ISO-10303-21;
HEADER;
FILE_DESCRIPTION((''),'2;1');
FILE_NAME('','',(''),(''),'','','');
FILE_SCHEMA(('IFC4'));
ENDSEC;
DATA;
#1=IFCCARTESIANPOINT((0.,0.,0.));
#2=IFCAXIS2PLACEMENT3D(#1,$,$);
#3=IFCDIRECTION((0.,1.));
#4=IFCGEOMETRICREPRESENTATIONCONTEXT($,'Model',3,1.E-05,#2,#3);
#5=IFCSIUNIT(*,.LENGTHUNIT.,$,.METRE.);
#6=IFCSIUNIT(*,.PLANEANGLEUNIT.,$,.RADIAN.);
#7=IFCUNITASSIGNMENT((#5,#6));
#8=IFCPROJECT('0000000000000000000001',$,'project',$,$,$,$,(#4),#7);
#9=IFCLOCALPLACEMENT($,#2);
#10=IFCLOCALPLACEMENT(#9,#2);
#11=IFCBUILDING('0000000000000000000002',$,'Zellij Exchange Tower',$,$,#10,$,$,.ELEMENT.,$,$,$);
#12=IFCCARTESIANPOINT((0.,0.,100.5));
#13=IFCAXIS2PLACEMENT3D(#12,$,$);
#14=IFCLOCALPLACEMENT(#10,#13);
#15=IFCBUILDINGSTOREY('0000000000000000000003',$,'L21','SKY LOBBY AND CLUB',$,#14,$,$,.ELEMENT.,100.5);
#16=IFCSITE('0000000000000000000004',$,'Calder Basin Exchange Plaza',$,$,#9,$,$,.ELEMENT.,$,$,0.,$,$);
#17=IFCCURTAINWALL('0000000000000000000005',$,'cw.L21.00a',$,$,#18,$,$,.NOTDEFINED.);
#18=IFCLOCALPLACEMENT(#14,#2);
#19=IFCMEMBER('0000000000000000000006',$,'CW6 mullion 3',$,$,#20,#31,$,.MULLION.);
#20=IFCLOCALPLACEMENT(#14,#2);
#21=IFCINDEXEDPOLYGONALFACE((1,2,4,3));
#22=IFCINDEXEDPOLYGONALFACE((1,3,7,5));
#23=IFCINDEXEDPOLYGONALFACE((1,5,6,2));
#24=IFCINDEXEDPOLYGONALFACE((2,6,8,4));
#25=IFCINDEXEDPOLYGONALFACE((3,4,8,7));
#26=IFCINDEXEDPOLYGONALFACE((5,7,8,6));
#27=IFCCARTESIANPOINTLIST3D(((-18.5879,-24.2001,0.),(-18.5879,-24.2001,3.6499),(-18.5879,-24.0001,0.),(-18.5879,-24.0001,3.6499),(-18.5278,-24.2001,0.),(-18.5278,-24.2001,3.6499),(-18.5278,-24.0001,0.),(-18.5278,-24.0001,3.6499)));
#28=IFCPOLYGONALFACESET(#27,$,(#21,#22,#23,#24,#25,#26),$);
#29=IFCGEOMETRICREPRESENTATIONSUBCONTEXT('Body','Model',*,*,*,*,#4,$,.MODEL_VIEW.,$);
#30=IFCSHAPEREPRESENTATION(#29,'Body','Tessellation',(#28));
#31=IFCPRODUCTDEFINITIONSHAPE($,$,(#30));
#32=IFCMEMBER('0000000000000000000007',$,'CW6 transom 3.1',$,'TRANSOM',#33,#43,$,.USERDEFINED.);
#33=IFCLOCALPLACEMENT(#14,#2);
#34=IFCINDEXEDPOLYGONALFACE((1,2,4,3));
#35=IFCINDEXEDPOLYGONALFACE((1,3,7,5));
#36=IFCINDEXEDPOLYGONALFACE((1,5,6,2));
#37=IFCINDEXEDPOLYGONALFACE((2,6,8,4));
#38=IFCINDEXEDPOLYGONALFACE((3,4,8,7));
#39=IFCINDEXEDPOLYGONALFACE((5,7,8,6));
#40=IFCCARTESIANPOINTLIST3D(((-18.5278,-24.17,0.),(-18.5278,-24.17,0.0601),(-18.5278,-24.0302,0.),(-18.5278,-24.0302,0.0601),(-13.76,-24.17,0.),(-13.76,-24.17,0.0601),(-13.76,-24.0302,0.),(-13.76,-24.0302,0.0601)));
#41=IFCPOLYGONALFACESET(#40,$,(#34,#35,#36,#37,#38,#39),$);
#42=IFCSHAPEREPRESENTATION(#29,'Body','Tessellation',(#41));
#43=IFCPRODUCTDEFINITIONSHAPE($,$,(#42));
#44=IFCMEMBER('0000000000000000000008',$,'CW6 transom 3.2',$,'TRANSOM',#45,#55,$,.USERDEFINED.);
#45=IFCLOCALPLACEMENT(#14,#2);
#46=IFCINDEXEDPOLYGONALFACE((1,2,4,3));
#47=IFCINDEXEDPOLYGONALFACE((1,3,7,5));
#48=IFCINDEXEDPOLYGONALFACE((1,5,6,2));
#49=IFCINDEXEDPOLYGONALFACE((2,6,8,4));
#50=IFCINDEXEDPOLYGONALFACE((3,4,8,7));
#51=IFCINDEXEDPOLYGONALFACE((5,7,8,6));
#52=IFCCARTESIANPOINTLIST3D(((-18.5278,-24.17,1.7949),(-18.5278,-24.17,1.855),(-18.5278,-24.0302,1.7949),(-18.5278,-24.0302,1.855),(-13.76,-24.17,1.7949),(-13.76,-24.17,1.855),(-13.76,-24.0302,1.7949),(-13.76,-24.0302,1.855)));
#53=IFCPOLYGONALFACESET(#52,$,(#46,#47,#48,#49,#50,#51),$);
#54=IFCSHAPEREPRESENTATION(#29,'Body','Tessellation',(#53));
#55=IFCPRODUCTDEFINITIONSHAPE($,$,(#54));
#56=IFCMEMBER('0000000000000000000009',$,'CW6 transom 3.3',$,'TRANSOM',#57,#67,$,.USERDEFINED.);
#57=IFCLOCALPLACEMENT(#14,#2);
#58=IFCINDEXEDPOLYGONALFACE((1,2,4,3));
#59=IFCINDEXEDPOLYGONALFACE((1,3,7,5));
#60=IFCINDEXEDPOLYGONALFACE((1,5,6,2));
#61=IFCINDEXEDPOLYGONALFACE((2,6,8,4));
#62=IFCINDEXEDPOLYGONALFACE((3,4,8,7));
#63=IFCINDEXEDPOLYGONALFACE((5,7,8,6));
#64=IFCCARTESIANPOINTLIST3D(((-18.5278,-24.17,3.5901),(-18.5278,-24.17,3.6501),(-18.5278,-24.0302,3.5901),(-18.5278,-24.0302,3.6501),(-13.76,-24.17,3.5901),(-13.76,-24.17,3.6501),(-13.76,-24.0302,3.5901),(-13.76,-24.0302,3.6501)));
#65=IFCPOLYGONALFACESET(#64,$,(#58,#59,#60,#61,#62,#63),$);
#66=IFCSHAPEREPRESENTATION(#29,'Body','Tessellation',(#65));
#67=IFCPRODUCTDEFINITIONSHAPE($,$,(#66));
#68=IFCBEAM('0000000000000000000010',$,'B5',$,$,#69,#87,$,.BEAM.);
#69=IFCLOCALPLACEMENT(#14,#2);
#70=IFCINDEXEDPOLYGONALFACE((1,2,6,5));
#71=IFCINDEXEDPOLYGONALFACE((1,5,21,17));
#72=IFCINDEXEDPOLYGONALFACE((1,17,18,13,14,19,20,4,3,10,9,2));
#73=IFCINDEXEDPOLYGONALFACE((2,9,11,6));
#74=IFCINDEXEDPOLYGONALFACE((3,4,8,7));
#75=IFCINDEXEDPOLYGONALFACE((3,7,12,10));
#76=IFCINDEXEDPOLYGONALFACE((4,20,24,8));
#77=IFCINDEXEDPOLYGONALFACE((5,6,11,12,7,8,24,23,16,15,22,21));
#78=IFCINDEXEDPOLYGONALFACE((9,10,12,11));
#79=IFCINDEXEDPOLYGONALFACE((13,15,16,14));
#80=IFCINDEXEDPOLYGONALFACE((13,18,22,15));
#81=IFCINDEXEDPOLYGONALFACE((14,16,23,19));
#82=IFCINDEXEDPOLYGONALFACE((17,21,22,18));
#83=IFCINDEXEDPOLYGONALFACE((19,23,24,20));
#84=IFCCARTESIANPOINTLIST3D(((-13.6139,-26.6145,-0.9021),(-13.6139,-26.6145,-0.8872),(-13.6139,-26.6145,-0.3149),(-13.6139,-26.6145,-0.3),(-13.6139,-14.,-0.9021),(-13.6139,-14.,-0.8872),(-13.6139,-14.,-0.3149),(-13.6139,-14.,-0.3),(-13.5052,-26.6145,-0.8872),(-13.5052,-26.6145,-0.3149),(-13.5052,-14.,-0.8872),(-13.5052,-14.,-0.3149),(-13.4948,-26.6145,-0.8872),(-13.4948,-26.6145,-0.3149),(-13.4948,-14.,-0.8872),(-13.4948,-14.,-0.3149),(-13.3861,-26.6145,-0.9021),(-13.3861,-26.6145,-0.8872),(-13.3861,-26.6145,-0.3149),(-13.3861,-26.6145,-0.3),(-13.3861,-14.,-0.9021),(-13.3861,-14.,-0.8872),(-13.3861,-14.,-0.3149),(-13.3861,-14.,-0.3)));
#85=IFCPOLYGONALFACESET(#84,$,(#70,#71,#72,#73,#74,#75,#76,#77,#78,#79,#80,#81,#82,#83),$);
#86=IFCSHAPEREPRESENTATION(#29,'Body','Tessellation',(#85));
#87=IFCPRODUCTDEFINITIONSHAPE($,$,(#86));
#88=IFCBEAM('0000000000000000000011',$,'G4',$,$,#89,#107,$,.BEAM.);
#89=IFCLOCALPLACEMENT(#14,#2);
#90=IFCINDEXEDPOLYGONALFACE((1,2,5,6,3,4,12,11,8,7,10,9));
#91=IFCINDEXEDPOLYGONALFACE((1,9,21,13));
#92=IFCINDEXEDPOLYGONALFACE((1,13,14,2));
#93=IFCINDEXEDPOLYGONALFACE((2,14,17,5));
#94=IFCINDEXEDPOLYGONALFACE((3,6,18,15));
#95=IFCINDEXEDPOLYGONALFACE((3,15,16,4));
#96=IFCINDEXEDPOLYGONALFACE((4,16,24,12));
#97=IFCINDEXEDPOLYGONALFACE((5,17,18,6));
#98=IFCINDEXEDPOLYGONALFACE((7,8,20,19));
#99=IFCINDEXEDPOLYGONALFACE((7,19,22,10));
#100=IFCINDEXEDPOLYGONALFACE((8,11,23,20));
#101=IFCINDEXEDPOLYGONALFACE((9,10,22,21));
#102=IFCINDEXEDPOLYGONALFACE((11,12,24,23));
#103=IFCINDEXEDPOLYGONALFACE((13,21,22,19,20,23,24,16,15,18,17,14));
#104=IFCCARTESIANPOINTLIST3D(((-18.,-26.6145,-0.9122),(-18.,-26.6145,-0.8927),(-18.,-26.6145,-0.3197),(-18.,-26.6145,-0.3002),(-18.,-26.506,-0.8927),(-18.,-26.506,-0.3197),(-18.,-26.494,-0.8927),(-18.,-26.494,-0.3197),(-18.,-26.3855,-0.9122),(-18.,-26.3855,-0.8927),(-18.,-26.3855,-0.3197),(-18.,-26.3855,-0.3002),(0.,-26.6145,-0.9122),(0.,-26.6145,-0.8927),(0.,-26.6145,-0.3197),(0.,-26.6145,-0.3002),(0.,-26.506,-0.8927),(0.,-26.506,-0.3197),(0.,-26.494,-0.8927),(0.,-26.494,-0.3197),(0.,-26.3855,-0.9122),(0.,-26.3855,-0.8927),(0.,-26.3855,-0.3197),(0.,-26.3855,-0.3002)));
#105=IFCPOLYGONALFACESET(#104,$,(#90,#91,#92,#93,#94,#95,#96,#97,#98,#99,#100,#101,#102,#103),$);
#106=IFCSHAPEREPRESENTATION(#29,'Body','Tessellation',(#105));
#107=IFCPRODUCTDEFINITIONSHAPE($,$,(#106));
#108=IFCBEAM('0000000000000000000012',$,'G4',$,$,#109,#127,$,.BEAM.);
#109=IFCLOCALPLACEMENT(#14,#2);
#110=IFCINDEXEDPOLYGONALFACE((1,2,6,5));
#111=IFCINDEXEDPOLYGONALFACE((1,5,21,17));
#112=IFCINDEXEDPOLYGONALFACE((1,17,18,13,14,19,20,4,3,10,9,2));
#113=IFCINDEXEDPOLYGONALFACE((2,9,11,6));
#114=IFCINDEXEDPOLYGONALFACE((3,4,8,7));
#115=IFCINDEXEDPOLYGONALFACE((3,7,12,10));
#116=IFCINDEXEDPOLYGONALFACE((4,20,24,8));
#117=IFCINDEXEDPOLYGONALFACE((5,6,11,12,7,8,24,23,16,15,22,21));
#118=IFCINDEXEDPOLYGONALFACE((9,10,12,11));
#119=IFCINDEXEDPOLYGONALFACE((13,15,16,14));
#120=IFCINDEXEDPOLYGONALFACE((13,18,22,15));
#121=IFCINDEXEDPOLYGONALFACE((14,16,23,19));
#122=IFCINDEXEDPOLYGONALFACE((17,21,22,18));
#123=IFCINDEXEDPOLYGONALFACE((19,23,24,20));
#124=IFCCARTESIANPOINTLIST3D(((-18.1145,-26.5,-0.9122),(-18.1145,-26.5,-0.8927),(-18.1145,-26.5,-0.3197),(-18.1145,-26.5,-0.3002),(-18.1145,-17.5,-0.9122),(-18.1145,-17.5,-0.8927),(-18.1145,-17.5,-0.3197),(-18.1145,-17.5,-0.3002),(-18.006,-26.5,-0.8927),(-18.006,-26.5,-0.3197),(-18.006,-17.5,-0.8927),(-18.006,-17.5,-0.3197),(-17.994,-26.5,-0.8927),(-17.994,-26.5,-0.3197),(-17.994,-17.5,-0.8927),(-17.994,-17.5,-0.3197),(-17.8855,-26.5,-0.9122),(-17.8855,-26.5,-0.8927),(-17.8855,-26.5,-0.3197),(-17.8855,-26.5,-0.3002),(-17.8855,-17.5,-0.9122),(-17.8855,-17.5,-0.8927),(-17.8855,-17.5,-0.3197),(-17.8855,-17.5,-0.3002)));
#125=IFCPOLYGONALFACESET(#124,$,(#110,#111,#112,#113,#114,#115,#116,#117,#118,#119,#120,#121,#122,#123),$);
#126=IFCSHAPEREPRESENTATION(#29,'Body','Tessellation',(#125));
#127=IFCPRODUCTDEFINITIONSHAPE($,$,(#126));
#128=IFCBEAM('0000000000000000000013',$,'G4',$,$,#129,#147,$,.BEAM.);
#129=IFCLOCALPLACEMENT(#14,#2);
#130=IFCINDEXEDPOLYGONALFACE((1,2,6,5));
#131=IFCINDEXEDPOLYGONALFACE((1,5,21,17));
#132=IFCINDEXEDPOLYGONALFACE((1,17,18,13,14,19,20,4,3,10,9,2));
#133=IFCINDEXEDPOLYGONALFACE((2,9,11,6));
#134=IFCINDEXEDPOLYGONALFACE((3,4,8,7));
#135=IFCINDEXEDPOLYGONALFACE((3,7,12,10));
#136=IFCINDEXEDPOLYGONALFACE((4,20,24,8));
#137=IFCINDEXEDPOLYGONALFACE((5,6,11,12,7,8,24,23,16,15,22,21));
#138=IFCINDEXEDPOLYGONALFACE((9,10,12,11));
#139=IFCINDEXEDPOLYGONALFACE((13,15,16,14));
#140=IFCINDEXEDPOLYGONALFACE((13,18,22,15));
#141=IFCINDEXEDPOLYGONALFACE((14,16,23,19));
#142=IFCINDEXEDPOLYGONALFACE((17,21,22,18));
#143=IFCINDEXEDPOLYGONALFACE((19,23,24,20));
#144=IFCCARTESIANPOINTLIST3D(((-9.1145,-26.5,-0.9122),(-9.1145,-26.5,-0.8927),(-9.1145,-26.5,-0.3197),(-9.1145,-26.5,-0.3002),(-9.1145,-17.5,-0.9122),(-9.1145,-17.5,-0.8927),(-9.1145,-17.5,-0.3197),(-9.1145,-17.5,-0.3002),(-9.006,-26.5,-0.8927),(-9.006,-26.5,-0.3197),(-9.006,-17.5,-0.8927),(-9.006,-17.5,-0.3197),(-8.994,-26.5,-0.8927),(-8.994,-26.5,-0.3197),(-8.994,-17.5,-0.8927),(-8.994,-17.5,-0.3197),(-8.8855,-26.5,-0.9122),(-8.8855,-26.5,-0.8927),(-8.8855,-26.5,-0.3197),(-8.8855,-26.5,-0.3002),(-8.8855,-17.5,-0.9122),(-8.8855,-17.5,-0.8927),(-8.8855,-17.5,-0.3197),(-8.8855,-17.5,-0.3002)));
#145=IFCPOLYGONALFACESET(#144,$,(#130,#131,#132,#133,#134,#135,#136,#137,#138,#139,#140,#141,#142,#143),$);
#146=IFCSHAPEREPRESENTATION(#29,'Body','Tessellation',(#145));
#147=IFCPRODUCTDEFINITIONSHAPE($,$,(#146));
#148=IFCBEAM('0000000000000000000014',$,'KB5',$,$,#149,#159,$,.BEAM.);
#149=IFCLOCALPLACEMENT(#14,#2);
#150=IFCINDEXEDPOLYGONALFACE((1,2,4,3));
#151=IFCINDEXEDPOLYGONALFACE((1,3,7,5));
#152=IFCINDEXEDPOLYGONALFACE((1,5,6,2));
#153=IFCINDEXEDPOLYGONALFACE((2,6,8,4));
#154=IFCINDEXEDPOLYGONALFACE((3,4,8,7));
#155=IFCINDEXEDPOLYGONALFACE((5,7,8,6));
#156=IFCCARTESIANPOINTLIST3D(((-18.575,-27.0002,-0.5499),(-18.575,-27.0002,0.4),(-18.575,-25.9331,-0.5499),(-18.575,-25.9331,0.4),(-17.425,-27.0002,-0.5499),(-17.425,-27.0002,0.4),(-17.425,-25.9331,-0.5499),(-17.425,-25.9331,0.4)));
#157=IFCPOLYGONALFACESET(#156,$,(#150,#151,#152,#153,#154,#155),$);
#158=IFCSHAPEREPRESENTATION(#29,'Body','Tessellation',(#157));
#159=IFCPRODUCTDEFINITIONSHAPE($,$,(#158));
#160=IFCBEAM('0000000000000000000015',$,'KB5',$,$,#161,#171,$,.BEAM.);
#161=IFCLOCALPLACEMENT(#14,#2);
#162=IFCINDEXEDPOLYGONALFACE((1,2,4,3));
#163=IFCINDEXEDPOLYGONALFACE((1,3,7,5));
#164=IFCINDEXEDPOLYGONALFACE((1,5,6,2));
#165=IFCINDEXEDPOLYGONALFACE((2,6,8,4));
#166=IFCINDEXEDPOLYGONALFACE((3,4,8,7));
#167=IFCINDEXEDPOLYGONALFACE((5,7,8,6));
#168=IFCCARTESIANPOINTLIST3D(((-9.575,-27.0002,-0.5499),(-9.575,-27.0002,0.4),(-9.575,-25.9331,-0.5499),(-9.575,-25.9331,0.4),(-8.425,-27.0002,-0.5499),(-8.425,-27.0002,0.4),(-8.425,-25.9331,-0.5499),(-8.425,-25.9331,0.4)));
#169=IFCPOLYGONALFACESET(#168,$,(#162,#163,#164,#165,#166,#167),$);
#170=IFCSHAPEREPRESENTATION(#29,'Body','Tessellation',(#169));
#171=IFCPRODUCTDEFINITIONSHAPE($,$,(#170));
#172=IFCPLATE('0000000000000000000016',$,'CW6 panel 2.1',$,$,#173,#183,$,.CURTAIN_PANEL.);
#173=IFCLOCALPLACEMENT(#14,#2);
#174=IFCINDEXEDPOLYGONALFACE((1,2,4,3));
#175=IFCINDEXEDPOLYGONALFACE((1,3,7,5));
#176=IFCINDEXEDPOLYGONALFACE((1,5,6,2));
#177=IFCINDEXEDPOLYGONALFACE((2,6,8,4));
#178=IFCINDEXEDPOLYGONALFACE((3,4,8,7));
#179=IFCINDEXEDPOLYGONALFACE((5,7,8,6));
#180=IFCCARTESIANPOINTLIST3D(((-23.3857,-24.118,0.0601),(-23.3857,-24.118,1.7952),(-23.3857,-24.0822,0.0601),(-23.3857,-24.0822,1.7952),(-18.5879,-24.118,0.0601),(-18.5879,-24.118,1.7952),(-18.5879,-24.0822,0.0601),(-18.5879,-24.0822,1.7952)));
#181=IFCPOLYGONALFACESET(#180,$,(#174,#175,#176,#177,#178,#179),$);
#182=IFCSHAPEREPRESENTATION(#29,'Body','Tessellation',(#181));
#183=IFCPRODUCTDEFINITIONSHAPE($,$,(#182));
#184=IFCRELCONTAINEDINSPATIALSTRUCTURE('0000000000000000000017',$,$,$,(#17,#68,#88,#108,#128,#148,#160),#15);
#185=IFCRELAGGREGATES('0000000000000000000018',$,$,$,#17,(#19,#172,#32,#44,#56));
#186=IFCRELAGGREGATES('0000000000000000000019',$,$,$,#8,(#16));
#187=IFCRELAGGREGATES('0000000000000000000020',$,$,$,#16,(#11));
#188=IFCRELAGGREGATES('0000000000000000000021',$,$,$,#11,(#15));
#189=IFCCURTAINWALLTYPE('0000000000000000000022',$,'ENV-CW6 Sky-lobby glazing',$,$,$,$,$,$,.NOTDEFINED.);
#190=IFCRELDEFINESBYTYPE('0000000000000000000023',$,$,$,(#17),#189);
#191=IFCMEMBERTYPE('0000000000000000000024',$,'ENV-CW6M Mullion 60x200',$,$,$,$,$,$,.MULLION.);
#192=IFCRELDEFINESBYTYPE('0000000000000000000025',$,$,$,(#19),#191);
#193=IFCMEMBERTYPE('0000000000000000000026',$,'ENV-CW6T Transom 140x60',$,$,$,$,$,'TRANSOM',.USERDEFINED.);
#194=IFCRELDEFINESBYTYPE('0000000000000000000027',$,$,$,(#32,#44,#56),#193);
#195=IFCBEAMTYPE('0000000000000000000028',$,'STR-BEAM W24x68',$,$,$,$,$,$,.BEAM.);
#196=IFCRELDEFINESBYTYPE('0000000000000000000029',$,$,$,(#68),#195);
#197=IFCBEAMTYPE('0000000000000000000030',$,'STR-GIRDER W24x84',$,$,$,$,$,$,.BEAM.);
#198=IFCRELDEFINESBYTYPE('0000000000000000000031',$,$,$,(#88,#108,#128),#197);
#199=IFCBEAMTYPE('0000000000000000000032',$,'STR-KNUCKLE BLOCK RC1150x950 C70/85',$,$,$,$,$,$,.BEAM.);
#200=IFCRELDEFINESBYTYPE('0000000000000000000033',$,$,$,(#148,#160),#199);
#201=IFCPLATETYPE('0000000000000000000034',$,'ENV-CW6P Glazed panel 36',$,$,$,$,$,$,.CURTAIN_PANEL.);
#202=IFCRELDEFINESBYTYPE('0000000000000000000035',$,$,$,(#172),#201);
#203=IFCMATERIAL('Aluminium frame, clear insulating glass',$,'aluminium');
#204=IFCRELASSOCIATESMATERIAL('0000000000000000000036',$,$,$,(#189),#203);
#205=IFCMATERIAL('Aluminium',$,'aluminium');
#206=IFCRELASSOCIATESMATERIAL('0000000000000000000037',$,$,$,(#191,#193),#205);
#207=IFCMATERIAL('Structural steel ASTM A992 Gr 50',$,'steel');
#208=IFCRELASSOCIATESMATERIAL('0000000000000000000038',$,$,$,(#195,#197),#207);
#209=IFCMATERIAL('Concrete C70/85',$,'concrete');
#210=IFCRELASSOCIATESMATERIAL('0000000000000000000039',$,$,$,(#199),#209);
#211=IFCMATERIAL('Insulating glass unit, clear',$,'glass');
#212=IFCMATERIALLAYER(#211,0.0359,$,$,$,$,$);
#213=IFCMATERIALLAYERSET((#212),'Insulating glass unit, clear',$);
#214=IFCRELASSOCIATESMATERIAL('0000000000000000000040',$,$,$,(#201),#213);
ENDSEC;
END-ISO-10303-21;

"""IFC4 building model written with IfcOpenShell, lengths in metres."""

from ifc_helpers import new_model, si_unit, direction, frame, origin, origin_2d, place, context, subcontext, project, spatial, rectangle, i_section, extrude, material, layer, layer_set, material_profile, profile_set, type_object, element, aggregate, save


model = new_model("IFC4")

# Units and contexts
model_context = context("Model", 3, precision=1e-05, world=origin(), true_north=direction((0.0, 1.0)))
body_context = subcontext(model_context, "Body", "Model", "MODEL_VIEW")
ifc_project = project(units=[si_unit("LENGTHUNIT", "METRE"), si_unit("PLANEANGLEUNIT", "RADIAN")], contexts=[model_context])

# Site, building, storey
site_placement = place(None, origin())
site = spatial("IfcSite", under=ifc_project, at=site_placement, Name="Calder Basin Exchange Plaza", CompositionType="ELEMENT", RefElevation=0.0)
building_placement = place(site_placement, origin())
building = spatial("IfcBuilding", under=site, at=building_placement, Name="Zellij Exchange Tower", CompositionType="ELEMENT")
storey_placement = place(building_placement, frame((0.0, 0.0, 100.5)))
storey = spatial("IfcBuildingStorey", under=building, at=storey_placement, Name="L21", Description="SKY LOBBY AND CLUB", CompositionType="ELEMENT", Elevation=100.5)

# Shared definitions
ifc_material_1 = material(Name="Concrete C70/85", Category="concrete")

# Curtain wall, members
ifc_material_2 = material(Name="Aluminium frame, clear insulating glass", Category="aluminium")
curtain_wall_type = type_object("IfcCurtainWallType", Name="ENV-CW6 Sky-lobby glazing", PredefinedType="NOTDEFINED", material=ifc_material_2)
curtain_wall_placement = place(storey_placement, origin())
curtain_wall = element("IfcCurtainWall", 1, at=curtain_wall_placement, inside=storey, type_object=curtain_wall_type, Name="cw.L21.00a", PredefinedType="NOTDEFINED")
ifc_material_3 = material(Name="Aluminium", Category="aluminium")
ifc_material_profile_1 = material_profile(ifc_material_3, rectangle(XDim=0.0601, YDim=0.2, at=origin_2d()), Name="AL 60x200")
ifc_profile_set_1 = profile_set([ifc_material_profile_1], Name="Aluminium")
member_type_1 = type_object("IfcMemberType", Name="ENV-CW6M Mullion 60x200", PredefinedType="MULLION", material=ifc_profile_set_1)
member_1_placement = place(storey_placement, frame((-18.5579, -24.1001, 0.0), z_axis=(0.0, 0.0, 1.0), x_axis=(1.0, 0.0, 0.0)))
member_1 = element("IfcMember", 2, at=member_1_placement, type_object=member_type_1, Name="CW6 mullion 3", PredefinedType="MULLION", context=body_context, shape_type="SweptSolid", body=[
    extrude(rectangle(XDim=0.0601, YDim=0.2, at=origin_2d()), origin(), (0.0, 0.0, 1.0), 3.6499),
])
ifc_material_profile_2 = material_profile(ifc_material_3, rectangle(XDim=0.1399, YDim=0.0601, at=origin_2d()), Name="AL 140x60")
ifc_profile_set_2 = profile_set([ifc_material_profile_2], Name="Aluminium")
member_type_2 = type_object("IfcMemberType", Name="ENV-CW6T Transom 140x60", ElementType="TRANSOM", PredefinedType="USERDEFINED", material=ifc_profile_set_2)
member_2_placement = place(storey_placement, frame((-18.5278, -24.1001, 0.03), z_axis=(1.0, 0.0, 0.0), x_axis=(0.0, 1.0, 0.0)))
member_2 = element("IfcMember", 3, at=member_2_placement, type_object=member_type_2, Name="CW6 transom 3.1", ObjectType="TRANSOM", PredefinedType="USERDEFINED", context=body_context, shape_type="SweptSolid", body=[
    extrude(rectangle(XDim=0.1399, YDim=0.0601, at=origin_2d()), origin(), (0.0, 0.0, 1.0), 4.7678),
])
member_3_placement = place(storey_placement, frame((-18.5278, -24.1001, 1.825), z_axis=(1.0, 0.0, 0.0), x_axis=(0.0, 1.0, 0.0)))
member_3 = element("IfcMember", 4, at=member_3_placement, type_object=member_type_2, Name="CW6 transom 3.2", ObjectType="TRANSOM", PredefinedType="USERDEFINED", context=body_context, shape_type="SweptSolid", body=[
    extrude(rectangle(XDim=0.1399, YDim=0.0601, at=origin_2d()), origin(), (0.0, 0.0, 1.0), 4.7678),
])
member_4_placement = place(storey_placement, frame((-18.5278, -24.1001, 3.6201), z_axis=(1.0, 0.0, 0.0), x_axis=(0.0, 1.0, 0.0)))
member_4 = element("IfcMember", 5, at=member_4_placement, type_object=member_type_2, Name="CW6 transom 3.3", ObjectType="TRANSOM", PredefinedType="USERDEFINED", context=body_context, shape_type="SweptSolid", body=[
    extrude(rectangle(XDim=0.1399, YDim=0.0601, at=origin_2d()), origin(), (0.0, 0.0, 1.0), 4.7678),
])

# Beams
ifc_material_4 = material(Name="Structural steel ASTM A992 Gr 50", Category="steel")
ifc_material_profile_3 = material_profile(ifc_material_4, i_section(OverallWidth=0.2278, OverallDepth=0.6021, WebThickness=0.0105, FlangeThickness=0.0149, at=origin_2d()), Name="W24x68")
ifc_profile_set_3 = profile_set([ifc_material_profile_3], Name="Structural steel ASTM A992 Gr 50")
beam_type_1 = type_object("IfcBeamType", Name="STR-BEAM W24x68", PredefinedType="BEAM", material=ifc_profile_set_3)
beam_1_placement = place(storey_placement, frame((-13.5, -26.6145, -0.6011), z_axis=(0.0, 1.0, 0.0), x_axis=(-1.0, 0.0, 0.0)))
element("IfcBeam", 6, at=beam_1_placement, inside=storey, type_object=beam_type_1, Name="B5", PredefinedType="BEAM", context=body_context, shape_type="SweptSolid", body=[
    extrude(i_section(OverallWidth=0.2278, OverallDepth=0.6021, WebThickness=0.0105, FlangeThickness=0.0149, at=origin_2d()), origin(), (0.0, 0.0, 1.0), 12.6145),
])
ifc_material_profile_4 = material_profile(ifc_material_4, i_section(OverallWidth=0.229, OverallDepth=0.6121, WebThickness=0.012, FlangeThickness=0.0195, at=origin_2d()), Name="W24x84")
ifc_profile_set_4 = profile_set([ifc_material_profile_4], Name="Structural steel ASTM A992 Gr 50")
beam_type_2 = type_object("IfcBeamType", Name="STR-GIRDER W24x84", PredefinedType="BEAM", material=ifc_profile_set_4)
beam_2_placement = place(storey_placement, frame((-18.0, -26.5, -0.6062), z_axis=(1.0, 0.0, 0.0), x_axis=(0.0, 1.0, 0.0)))
element("IfcBeam", 7, at=beam_2_placement, inside=storey, type_object=beam_type_2, Name="G4", PredefinedType="BEAM", context=body_context, shape_type="SweptSolid", body=[
    extrude(i_section(OverallWidth=0.229, OverallDepth=0.6121, WebThickness=0.012, FlangeThickness=0.0195, at=origin_2d()), origin(), (0.0, 0.0, 1.0), 18.0),
])
for number, where, z_axis, x_axis, name in (
    (8, (-18.0, -26.5, -0.6062), (0.0, 1.0, 0.0), (-1.0, 0.0, 0.0), "G4"),
    (9, (-9.0, -26.5, -0.6062), (0.0, 1.0, 0.0), (-1.0, 0.0, 0.0), "G4"),
):
    element("IfcBeam", number, at=place(storey_placement, frame(where, z_axis=z_axis, x_axis=x_axis)), inside=storey, type_object=beam_type_2, Name=name, PredefinedType="BEAM", context=body_context, shape_type="SweptSolid", body=[
        extrude(i_section(OverallWidth=0.229, OverallDepth=0.6121, WebThickness=0.012, FlangeThickness=0.0195, at=origin_2d()), origin(), (0.0, 0.0, 1.0), 9.0),
    ])
ifc_material_profile_5 = material_profile(ifc_material_1, rectangle(XDim=1.1499, YDim=0.95, at=origin_2d()), Name="STR-KNUCKLE BLOCK RC1150x950 C70/85")
ifc_profile_set_5 = profile_set([ifc_material_profile_5], Name="Concrete C70/85")
beam_type_3 = type_object("IfcBeamType", Name="STR-KNUCKLE BLOCK RC1150x950 C70/85", PredefinedType="BEAM", material=ifc_profile_set_5)
for number, where, z_axis, x_axis, name in (
    (10, (-18.0, -27.0002, -0.075), (0.0, 1.0, 0.0), (-1.0, 0.0, 0.0), "KB5"),
    (11, (-9.0, -27.0002, -0.075), (0.0, 1.0, 0.0), (-1.0, 0.0, 0.0), "KB5"),
):
    element("IfcBeam", number, at=place(storey_placement, frame(where, z_axis=z_axis, x_axis=x_axis)), inside=storey, type_object=beam_type_3, Name=name, PredefinedType="BEAM", context=body_context, shape_type="SweptSolid", body=[
        extrude(rectangle(XDim=1.1499, YDim=0.95, at=origin_2d()), origin(), (0.0, 0.0, 1.0), 1.0671),
    ])

# Plate
ifc_material_5 = material(Name="Insulating glass unit, clear", Category="glass")
ifc_layer = layer(ifc_material_5, 0.0359)
ifc_layer_set = layer_set([ifc_layer], Name="Insulating glass unit, clear")
plate_type = type_object("IfcPlateType", Name="ENV-CW6P Glazed panel 36", PredefinedType="CURTAIN_PANEL", material=ifc_layer_set)
plate_1_placement = place(storey_placement, frame((-20.9868, -24.1001, 0.0601), z_axis=(0.0, 0.0, 1.0), x_axis=(1.0, 0.0, 0.0)))
plate_1 = element("IfcPlate", 12, at=plate_1_placement, type_object=plate_type, Name="CW6 panel 2.1", PredefinedType="CURTAIN_PANEL", context=body_context, shape_type="SweptSolid", body=[
    extrude(rectangle(XDim=4.7979, YDim=0.0359, at=origin_2d()), origin(), (0.0, 0.0, 1.0), 1.7351),
])
aggregate(curtain_wall, [member_1, plate_1, member_2, member_3, member_4])

save(model, "model.ifc")
